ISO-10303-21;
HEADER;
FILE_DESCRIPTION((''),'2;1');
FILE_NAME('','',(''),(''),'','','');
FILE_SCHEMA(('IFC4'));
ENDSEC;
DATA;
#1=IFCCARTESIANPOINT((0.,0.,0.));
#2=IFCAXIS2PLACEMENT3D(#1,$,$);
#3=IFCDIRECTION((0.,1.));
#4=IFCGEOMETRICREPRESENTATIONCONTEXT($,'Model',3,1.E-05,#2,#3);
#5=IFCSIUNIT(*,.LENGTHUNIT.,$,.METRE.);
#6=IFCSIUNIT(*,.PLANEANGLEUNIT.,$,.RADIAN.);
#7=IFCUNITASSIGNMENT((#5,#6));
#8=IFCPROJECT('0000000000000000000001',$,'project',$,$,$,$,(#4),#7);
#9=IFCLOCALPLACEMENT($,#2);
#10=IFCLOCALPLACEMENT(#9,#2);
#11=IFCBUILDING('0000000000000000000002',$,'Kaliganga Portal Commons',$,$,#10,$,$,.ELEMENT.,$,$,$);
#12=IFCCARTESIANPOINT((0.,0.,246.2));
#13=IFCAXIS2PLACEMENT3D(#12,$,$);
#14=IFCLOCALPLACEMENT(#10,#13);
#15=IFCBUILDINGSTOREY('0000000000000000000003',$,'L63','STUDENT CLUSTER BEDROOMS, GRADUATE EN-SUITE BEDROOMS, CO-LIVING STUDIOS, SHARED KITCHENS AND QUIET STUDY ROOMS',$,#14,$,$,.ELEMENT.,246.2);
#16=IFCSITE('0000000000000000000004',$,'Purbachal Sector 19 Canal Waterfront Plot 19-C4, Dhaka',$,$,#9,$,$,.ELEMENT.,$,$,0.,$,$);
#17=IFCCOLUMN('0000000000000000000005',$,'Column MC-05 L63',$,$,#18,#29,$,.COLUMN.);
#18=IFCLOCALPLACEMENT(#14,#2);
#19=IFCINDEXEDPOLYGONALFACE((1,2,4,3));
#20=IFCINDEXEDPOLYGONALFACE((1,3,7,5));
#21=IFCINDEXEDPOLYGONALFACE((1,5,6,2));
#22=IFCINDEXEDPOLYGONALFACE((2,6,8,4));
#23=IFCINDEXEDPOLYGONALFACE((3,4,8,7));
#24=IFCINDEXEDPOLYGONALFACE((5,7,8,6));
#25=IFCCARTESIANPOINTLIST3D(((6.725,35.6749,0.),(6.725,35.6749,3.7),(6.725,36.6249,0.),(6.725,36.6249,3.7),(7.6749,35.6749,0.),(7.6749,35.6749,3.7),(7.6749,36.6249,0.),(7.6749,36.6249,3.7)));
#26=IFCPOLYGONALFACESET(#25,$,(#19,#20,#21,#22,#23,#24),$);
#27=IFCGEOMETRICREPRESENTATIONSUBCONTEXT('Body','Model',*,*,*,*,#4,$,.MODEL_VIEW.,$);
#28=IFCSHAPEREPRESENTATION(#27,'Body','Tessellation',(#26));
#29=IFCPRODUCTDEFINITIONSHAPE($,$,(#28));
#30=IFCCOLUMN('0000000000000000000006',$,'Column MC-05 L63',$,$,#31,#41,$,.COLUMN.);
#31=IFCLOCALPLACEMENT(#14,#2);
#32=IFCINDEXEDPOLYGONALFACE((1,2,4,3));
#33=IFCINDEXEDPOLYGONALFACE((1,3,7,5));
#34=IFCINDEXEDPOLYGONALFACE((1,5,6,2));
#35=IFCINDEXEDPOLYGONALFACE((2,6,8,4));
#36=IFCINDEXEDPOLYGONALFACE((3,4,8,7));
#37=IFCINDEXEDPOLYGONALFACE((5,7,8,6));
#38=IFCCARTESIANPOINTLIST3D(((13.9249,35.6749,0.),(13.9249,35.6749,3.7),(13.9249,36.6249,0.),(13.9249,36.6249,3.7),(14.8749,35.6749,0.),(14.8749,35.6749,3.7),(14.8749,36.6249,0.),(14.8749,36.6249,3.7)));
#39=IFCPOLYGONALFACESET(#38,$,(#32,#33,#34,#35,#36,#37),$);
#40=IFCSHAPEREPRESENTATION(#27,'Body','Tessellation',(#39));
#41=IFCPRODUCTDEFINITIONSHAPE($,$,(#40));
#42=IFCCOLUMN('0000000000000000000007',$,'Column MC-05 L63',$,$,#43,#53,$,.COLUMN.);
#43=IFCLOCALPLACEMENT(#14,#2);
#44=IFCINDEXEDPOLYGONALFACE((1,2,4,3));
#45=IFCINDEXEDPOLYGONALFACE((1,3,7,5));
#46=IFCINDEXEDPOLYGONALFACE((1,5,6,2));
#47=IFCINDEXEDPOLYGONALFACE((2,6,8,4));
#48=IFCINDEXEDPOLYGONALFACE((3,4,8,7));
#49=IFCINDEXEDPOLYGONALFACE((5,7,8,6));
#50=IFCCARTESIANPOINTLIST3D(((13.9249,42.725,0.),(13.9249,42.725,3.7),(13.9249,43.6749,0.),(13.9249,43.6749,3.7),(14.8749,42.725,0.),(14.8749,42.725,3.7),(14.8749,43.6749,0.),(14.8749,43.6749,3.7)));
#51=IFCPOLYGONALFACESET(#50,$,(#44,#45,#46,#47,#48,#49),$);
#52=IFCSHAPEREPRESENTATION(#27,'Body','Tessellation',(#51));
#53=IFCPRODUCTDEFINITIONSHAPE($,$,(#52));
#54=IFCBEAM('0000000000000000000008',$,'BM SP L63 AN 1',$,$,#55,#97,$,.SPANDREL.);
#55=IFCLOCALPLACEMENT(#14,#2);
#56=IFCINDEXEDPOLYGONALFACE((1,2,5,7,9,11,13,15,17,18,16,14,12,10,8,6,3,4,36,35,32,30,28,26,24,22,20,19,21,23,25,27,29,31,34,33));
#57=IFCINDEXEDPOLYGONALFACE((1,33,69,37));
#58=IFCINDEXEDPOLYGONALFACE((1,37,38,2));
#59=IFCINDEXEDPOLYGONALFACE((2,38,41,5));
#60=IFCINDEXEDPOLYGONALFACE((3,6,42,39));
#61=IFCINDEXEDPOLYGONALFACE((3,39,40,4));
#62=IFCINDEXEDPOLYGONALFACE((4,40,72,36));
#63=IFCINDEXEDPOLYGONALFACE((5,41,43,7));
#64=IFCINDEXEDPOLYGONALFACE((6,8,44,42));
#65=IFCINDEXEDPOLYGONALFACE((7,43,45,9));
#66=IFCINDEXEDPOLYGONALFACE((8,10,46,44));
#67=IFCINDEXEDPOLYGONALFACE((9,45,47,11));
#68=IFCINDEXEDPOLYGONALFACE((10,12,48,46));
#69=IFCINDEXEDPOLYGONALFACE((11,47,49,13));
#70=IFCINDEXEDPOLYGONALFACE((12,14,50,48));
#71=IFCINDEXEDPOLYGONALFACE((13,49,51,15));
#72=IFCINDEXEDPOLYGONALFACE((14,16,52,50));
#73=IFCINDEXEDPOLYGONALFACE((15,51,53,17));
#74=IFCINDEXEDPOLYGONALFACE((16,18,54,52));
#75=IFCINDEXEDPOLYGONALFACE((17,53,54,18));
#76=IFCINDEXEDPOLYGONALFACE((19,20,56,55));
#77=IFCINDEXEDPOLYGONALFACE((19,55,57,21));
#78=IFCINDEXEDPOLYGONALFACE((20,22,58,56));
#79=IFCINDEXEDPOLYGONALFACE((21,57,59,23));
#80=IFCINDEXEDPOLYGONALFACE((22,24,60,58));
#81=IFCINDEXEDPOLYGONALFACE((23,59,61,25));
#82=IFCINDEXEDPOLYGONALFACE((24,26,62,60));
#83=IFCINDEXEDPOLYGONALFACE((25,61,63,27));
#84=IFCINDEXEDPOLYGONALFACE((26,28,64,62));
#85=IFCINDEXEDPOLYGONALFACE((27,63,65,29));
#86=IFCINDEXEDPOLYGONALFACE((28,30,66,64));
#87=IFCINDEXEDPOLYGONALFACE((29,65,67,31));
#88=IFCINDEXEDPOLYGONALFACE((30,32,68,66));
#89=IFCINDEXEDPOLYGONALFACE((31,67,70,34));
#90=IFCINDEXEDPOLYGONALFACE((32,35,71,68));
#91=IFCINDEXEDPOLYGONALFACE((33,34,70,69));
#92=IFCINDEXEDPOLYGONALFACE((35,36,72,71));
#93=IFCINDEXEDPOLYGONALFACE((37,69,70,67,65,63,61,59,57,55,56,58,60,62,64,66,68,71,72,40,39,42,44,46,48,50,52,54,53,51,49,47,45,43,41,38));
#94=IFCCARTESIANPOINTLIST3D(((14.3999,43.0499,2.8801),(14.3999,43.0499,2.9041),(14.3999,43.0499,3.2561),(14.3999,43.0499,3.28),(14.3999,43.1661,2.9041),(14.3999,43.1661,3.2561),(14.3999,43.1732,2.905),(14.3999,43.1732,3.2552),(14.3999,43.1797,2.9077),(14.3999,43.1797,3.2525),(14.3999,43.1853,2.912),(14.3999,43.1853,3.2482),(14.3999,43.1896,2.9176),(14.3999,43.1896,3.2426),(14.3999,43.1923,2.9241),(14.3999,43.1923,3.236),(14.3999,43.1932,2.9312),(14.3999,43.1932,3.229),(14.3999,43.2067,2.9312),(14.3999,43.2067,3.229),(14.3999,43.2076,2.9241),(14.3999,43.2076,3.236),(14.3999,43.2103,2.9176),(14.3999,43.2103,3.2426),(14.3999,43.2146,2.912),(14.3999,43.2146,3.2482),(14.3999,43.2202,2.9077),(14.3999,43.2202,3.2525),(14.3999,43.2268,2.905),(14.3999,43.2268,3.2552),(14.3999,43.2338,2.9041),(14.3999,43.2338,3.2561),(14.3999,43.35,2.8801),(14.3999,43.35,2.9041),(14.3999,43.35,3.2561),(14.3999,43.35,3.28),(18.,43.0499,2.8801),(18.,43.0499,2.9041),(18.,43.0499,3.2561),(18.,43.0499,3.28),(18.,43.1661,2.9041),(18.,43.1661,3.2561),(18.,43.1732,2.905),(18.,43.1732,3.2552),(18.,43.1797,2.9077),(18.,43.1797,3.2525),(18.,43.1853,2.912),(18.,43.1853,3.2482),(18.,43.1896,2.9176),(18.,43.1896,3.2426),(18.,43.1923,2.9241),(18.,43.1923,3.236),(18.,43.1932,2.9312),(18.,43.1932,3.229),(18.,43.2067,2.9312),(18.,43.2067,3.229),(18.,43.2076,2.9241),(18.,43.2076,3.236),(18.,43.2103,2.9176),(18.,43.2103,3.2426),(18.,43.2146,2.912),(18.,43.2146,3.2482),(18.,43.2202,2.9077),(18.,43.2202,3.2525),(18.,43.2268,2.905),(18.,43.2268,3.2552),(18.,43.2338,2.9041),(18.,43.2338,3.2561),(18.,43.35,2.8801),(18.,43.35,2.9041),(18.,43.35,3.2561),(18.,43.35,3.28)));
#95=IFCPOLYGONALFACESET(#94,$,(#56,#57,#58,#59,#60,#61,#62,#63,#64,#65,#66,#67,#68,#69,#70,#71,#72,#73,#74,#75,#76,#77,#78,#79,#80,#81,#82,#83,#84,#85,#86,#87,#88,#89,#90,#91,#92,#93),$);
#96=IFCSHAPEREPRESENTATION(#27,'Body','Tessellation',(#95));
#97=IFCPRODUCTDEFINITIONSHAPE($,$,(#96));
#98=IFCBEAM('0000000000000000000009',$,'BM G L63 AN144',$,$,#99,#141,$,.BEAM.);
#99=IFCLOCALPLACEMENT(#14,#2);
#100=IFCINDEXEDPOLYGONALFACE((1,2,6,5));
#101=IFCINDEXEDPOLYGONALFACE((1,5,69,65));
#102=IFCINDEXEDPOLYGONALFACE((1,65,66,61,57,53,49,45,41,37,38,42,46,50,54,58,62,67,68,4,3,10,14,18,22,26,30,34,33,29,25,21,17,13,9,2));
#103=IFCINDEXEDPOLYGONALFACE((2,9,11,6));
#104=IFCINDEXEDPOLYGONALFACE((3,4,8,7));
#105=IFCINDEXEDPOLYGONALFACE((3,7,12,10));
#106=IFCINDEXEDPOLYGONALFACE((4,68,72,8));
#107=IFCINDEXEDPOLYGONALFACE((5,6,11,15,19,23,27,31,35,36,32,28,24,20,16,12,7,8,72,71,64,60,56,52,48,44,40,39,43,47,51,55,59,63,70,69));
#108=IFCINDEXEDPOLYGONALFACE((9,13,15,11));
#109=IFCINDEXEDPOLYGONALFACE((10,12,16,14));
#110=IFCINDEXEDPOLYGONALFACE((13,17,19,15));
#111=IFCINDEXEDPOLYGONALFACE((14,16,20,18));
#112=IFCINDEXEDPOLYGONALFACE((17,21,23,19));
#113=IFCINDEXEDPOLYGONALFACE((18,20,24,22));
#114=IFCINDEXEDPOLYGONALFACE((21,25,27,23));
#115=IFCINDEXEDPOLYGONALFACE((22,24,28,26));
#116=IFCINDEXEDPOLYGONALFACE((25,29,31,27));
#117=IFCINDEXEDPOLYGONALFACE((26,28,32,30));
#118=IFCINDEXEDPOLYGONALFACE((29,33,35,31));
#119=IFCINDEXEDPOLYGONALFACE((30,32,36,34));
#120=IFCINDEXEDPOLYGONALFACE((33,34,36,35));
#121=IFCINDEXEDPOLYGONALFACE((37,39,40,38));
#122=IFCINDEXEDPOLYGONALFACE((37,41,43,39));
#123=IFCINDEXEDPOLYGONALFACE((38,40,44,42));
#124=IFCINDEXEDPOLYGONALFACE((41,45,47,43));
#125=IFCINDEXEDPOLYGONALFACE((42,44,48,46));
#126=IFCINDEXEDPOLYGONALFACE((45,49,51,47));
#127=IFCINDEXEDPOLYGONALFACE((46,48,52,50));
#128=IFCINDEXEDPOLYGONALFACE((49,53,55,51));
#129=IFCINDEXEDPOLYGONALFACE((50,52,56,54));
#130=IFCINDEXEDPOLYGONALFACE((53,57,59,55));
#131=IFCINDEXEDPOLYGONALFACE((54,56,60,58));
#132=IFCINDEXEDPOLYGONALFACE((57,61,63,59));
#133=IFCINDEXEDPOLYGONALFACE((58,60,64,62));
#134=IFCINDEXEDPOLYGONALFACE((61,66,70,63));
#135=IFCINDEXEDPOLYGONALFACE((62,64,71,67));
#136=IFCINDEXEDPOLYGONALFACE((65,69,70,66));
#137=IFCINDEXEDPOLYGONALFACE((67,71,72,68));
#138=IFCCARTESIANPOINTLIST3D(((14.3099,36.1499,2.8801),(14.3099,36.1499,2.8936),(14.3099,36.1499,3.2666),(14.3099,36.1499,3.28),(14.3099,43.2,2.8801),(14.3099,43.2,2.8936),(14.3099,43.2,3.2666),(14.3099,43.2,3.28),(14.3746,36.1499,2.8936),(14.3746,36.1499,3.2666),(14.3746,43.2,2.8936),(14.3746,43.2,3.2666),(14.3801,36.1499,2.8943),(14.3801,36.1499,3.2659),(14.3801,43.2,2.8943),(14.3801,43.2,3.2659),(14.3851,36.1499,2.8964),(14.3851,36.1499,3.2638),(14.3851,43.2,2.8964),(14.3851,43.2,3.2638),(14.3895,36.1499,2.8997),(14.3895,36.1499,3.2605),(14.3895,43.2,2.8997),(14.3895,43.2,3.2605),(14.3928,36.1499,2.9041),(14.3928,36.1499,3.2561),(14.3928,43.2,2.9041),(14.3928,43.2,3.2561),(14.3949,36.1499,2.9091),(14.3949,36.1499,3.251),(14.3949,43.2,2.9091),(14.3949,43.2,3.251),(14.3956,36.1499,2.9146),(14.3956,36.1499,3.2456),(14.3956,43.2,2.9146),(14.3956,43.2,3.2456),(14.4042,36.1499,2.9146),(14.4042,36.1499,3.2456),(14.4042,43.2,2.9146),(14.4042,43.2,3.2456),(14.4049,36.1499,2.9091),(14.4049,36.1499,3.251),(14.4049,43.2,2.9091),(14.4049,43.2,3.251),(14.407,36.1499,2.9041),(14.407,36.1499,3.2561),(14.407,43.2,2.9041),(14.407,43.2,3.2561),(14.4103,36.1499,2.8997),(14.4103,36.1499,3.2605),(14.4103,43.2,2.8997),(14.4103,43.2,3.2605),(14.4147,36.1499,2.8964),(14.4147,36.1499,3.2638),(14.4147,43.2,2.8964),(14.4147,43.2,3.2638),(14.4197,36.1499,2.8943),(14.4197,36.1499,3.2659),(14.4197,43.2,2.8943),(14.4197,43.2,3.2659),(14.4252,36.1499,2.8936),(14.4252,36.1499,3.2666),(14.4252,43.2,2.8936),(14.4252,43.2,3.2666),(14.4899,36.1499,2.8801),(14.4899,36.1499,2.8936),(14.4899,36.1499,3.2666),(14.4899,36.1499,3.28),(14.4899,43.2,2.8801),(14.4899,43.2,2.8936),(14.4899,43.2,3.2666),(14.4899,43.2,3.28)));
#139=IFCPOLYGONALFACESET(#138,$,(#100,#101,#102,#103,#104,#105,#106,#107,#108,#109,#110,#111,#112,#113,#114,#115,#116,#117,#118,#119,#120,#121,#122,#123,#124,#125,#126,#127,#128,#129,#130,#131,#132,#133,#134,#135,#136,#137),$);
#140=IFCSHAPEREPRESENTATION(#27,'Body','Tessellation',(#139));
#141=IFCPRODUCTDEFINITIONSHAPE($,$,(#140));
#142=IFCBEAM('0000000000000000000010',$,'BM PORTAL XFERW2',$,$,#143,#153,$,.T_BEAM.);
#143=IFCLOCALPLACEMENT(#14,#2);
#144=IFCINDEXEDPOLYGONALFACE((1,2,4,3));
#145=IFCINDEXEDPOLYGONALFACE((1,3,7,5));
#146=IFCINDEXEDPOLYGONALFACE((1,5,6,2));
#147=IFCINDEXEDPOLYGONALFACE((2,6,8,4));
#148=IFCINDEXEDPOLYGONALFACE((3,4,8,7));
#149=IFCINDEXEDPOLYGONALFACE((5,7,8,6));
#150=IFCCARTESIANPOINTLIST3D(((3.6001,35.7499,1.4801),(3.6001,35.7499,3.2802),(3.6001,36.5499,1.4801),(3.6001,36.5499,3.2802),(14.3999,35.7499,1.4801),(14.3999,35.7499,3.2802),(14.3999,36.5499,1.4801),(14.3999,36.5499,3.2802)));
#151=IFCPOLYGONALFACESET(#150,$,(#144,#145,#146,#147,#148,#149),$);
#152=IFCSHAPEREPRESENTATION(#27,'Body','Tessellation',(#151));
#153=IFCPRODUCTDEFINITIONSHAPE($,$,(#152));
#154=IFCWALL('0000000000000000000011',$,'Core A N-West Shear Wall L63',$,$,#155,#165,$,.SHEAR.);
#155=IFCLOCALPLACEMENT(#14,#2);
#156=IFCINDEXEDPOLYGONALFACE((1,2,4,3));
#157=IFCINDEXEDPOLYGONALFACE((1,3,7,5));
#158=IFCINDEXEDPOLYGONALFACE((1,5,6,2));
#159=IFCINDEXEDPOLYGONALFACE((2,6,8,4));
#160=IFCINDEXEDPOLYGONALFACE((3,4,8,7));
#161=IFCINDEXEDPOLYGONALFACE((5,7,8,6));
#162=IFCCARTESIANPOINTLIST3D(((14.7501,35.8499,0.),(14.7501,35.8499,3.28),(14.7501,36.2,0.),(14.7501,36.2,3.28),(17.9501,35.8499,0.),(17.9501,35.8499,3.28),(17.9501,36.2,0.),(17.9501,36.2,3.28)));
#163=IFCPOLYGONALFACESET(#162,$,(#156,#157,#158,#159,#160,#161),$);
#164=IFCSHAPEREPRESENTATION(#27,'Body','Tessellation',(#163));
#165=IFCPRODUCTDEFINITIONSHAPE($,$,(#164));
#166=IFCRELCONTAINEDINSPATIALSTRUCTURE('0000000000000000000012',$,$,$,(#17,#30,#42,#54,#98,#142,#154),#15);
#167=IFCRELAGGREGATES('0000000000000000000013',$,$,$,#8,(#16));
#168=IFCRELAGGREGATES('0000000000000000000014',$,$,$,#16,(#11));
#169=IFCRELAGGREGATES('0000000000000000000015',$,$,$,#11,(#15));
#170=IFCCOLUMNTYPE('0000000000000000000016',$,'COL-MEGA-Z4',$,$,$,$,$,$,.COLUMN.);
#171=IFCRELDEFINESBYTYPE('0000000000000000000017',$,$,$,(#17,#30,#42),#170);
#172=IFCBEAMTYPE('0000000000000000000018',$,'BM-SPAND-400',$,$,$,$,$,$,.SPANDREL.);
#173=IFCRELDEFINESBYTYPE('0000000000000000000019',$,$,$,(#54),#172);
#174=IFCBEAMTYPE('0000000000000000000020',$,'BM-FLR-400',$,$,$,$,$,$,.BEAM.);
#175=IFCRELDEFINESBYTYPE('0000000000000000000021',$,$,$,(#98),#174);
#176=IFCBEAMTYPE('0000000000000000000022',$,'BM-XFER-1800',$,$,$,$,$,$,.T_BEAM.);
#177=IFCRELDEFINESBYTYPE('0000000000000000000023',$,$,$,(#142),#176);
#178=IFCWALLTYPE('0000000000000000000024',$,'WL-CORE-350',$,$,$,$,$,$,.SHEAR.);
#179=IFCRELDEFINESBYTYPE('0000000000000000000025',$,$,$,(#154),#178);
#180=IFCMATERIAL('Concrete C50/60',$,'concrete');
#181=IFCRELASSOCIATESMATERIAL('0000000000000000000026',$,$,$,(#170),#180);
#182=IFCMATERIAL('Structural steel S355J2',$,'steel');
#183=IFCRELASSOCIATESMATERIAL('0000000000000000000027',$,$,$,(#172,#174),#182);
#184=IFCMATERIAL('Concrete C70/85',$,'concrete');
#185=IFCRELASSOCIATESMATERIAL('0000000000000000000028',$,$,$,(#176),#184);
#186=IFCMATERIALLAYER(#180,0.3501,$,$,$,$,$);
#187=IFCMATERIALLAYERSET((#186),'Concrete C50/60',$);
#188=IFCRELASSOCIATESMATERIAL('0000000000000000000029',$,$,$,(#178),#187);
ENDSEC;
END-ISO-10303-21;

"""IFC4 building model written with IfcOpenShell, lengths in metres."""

from ifc_helpers import new_model, si_unit, direction, frame, frame_2d, origin, origin_2d, place, context, subcontext, project, spatial, rectangle, i_section, extrude, source, transform, mapped, material, layer, layer_set, material_profile, profile_set, type_object, element, save


model = new_model("IFC4")

# Units and contexts
model_context = context("Model", 3, precision=1e-05, world=origin(), true_north=direction((0.0, 1.0)))
body_context = subcontext(model_context, "Body", "Model", "MODEL_VIEW")
ifc_project = project(units=[si_unit("LENGTHUNIT", "METRE"), si_unit("PLANEANGLEUNIT", "RADIAN")], contexts=[model_context])

# Site, building, storey
site_placement = place(None, origin())
site = spatial("IfcSite", under=ifc_project, at=site_placement, Name="Purbachal Sector 19 Canal Waterfront Plot 19-C4, Dhaka", CompositionType="ELEMENT", RefElevation=0.0)
building_placement = place(site_placement, origin())
building = spatial("IfcBuilding", under=site, at=building_placement, Name="Kaliganga Portal Commons", CompositionType="ELEMENT")
storey_placement = place(building_placement, frame((0.0, 0.0, 246.2)))
storey = spatial("IfcBuildingStorey", under=building, at=storey_placement, Name="L63", Description="STUDENT CLUSTER BEDROOMS, GRADUATE EN-SUITE BEDROOMS, CO-LIVING STUDIOS, SHARED KITCHENS AND QUIET STUDY ROOMS", CompositionType="ELEMENT", Elevation=246.2)

# Columns
ifc_material_1 = material(Name="Concrete C50/60", Category="concrete")
ifc_material_profile_1 = material_profile(ifc_material_1, rectangle(XDim=0.95, YDim=0.95, at=origin_2d()), Name="RC 950x950")
ifc_profile_set_1 = profile_set([ifc_material_profile_1], Name="Concrete C50/60")
column_type = type_object("IfcColumnType", Name="COL-MEGA-Z4", PredefinedType="COLUMN", material=ifc_profile_set_1)
shared_shape_1 = source(origin(), body_context, "Body", "SweptSolid", [
    extrude(rectangle(XDim=0.95, YDim=0.95, at=origin_2d()), origin(), (0.0, 0.0, 1.0), 3.7),
])
for number, where, z_axis, x_axis, name in (
    (1, (7.2, 36.1499, 0.0), (0.0, 0.0, 1.0), (1.0, 0.0, 0.0), "Column MC-05 L63"),
    (2, (14.3999, 36.1499, 0.0), (0.0, 0.0, 1.0), (1.0, 0.0, 0.0), "Column MC-05 L63"),
    (3, (14.3999, 43.2, 0.0), (0.0, 0.0, 1.0), (1.0, 0.0, 0.0), "Column MC-05 L63"),
):
    element("IfcColumn", number, at=place(storey_placement, frame(where, z_axis=z_axis, x_axis=x_axis)), inside=storey, type_object=column_type, Name=name, PredefinedType="COLUMN", context=body_context, shape_type="MappedRepresentation", body=[
        mapped(shared_shape_1, transform((0.0, 0.0, 0.0), x_axis=(1.0, 0.0, 0.0), y_axis=(0.0, 1.0, 0.0), z_axis=(0.0, 0.0, 1.0), scale=1.0)),
    ])

# Beams
ifc_material_2 = material(Name="Structural steel S355J2", Category="steel")
ifc_material_profile_2 = material_profile(ifc_material_2, i_section(OverallWidth=0.3, OverallDepth=0.3999, WebThickness=0.0134, FlangeThickness=0.0239, FilletRadius=0.0271, at=origin_2d()), Name="HE 400 B")
ifc_profile_set_2 = profile_set([ifc_material_profile_2], Name="Structural steel S355J2 wide-flange")
beam_type_1 = type_object("IfcBeamType", Name="BM-SPAND-400", PredefinedType="SPANDREL", material=ifc_profile_set_2)
shared_shape_2 = source(origin(), body_context, "Body", "SweptSolid", [
    extrude(i_section(OverallWidth=0.3, OverallDepth=0.3999, WebThickness=0.0134, FlangeThickness=0.0239, FilletRadius=0.0271, at=origin_2d()), origin(), (0.0, 0.0, 1.0), 3.6001),
])
beam_1_placement = place(storey_placement, frame((14.3999, 43.2, 3.0801), z_axis=(1.0, 0.0, 0.0), x_axis=(0.0, 1.0, 0.0)))
element("IfcBeam", 4, at=beam_1_placement, inside=storey, type_object=beam_type_1, Name="BM SP L63 AN 1", PredefinedType="SPANDREL", context=body_context, shape_type="MappedRepresentation", body=[
    mapped(shared_shape_2, transform((0.0, 0.0, 0.0), x_axis=(1.0, 0.0, 0.0), y_axis=(0.0, 1.0, 0.0), z_axis=(0.0, 0.0, 1.0), scale=1.0)),
])
ifc_material_profile_3 = material_profile(ifc_material_2, i_section(OverallWidth=0.1799, OverallDepth=0.3999, WebThickness=0.0085, FlangeThickness=0.0134, FilletRadius=0.021, at=origin_2d()), Name="IPE 400")
ifc_profile_set_3 = profile_set([ifc_material_profile_3], Name="Structural steel S355J2 wide-flange")
beam_type_2 = type_object("IfcBeamType", Name="BM-FLR-400", PredefinedType="BEAM", material=ifc_profile_set_3)
shared_shape_3 = source(origin(), body_context, "Body", "SweptSolid", [
    extrude(i_section(OverallWidth=0.1799, OverallDepth=0.3999, WebThickness=0.0085, FlangeThickness=0.0134, FilletRadius=0.021, at=origin_2d()), origin(), (0.0, 0.0, 1.0), 7.05),
])
beam_2_placement = place(storey_placement, frame((14.3999, 36.1499, 3.0801), z_axis=(0.0, 1.0, 0.0), x_axis=(-1.0, 0.0, 0.0)))
element("IfcBeam", 5, at=beam_2_placement, inside=storey, type_object=beam_type_2, Name="BM G L63 AN144", PredefinedType="BEAM", context=body_context, shape_type="MappedRepresentation", body=[
    mapped(shared_shape_3, transform((0.0, 0.0, 0.0), x_axis=(1.0, 0.0, 0.0), y_axis=(0.0, 1.0, 0.0), z_axis=(0.0, 0.0, 1.0), scale=1.0)),
])
ifc_material_3 = material(Name="Concrete C70/85", Category="concrete")
ifc_material_profile_4 = material_profile(ifc_material_3, rectangle(XDim=0.8, YDim=1.8, at=origin_2d()), Name="RC 800x1800")
ifc_profile_set_4 = profile_set([ifc_material_profile_4], Name="Concrete C70/85")
beam_type_3 = type_object("IfcBeamType", Name="BM-XFER-1800", PredefinedType="T_BEAM", material=ifc_profile_set_4)
shared_shape_4 = source(origin(), body_context, "Body", "SweptSolid", [
    extrude(rectangle(XDim=0.8, YDim=1.8, at=origin_2d()), origin(), (0.0, 0.0, 1.0), 10.7998),
])
beam_3_placement = place(storey_placement, frame((3.6001, 36.1499, 2.3801), z_axis=(1.0, 0.0, 0.0), x_axis=(0.0, 1.0, 0.0)))
element("IfcBeam", 6, at=beam_3_placement, inside=storey, type_object=beam_type_3, Name="BM PORTAL XFERW2", PredefinedType="T_BEAM", context=body_context, shape_type="MappedRepresentation", body=[
    mapped(shared_shape_4, transform((0.0, 0.0, 0.0), x_axis=(1.0, 0.0, 0.0), y_axis=(0.0, 1.0, 0.0), z_axis=(0.0, 0.0, 1.0), scale=1.0)),
])

# Wall
ifc_layer_1 = layer(ifc_material_1, 0.3501)
ifc_layer_set_1 = layer_set([ifc_layer_1], Name="Concrete C50/60")
wall_type_1 = type_object("IfcWallType", Name="WL-CORE-350", PredefinedType="SHEAR", material=ifc_layer_set_1)
wall_1_placement = place(storey_placement, frame((14.75, 36.0249, 0.0), z_axis=(0.0, 0.0, 1.0), x_axis=(1.0, 0.0, 0.0)))
element("IfcWall", 7, at=wall_1_placement, inside=storey, type_object=wall_type_1, Name="Core A N-West Shear Wall L63", PredefinedType="SHEAR", context=body_context, shape_type="SweptSolid", body=[
    extrude(rectangle(XDim=3.2, YDim=0.3501, at=frame_2d((1.6001, 0.0))), origin(), (0.0, 0.0, 1.0), 3.28),
])

save(model, "model.ifc")
